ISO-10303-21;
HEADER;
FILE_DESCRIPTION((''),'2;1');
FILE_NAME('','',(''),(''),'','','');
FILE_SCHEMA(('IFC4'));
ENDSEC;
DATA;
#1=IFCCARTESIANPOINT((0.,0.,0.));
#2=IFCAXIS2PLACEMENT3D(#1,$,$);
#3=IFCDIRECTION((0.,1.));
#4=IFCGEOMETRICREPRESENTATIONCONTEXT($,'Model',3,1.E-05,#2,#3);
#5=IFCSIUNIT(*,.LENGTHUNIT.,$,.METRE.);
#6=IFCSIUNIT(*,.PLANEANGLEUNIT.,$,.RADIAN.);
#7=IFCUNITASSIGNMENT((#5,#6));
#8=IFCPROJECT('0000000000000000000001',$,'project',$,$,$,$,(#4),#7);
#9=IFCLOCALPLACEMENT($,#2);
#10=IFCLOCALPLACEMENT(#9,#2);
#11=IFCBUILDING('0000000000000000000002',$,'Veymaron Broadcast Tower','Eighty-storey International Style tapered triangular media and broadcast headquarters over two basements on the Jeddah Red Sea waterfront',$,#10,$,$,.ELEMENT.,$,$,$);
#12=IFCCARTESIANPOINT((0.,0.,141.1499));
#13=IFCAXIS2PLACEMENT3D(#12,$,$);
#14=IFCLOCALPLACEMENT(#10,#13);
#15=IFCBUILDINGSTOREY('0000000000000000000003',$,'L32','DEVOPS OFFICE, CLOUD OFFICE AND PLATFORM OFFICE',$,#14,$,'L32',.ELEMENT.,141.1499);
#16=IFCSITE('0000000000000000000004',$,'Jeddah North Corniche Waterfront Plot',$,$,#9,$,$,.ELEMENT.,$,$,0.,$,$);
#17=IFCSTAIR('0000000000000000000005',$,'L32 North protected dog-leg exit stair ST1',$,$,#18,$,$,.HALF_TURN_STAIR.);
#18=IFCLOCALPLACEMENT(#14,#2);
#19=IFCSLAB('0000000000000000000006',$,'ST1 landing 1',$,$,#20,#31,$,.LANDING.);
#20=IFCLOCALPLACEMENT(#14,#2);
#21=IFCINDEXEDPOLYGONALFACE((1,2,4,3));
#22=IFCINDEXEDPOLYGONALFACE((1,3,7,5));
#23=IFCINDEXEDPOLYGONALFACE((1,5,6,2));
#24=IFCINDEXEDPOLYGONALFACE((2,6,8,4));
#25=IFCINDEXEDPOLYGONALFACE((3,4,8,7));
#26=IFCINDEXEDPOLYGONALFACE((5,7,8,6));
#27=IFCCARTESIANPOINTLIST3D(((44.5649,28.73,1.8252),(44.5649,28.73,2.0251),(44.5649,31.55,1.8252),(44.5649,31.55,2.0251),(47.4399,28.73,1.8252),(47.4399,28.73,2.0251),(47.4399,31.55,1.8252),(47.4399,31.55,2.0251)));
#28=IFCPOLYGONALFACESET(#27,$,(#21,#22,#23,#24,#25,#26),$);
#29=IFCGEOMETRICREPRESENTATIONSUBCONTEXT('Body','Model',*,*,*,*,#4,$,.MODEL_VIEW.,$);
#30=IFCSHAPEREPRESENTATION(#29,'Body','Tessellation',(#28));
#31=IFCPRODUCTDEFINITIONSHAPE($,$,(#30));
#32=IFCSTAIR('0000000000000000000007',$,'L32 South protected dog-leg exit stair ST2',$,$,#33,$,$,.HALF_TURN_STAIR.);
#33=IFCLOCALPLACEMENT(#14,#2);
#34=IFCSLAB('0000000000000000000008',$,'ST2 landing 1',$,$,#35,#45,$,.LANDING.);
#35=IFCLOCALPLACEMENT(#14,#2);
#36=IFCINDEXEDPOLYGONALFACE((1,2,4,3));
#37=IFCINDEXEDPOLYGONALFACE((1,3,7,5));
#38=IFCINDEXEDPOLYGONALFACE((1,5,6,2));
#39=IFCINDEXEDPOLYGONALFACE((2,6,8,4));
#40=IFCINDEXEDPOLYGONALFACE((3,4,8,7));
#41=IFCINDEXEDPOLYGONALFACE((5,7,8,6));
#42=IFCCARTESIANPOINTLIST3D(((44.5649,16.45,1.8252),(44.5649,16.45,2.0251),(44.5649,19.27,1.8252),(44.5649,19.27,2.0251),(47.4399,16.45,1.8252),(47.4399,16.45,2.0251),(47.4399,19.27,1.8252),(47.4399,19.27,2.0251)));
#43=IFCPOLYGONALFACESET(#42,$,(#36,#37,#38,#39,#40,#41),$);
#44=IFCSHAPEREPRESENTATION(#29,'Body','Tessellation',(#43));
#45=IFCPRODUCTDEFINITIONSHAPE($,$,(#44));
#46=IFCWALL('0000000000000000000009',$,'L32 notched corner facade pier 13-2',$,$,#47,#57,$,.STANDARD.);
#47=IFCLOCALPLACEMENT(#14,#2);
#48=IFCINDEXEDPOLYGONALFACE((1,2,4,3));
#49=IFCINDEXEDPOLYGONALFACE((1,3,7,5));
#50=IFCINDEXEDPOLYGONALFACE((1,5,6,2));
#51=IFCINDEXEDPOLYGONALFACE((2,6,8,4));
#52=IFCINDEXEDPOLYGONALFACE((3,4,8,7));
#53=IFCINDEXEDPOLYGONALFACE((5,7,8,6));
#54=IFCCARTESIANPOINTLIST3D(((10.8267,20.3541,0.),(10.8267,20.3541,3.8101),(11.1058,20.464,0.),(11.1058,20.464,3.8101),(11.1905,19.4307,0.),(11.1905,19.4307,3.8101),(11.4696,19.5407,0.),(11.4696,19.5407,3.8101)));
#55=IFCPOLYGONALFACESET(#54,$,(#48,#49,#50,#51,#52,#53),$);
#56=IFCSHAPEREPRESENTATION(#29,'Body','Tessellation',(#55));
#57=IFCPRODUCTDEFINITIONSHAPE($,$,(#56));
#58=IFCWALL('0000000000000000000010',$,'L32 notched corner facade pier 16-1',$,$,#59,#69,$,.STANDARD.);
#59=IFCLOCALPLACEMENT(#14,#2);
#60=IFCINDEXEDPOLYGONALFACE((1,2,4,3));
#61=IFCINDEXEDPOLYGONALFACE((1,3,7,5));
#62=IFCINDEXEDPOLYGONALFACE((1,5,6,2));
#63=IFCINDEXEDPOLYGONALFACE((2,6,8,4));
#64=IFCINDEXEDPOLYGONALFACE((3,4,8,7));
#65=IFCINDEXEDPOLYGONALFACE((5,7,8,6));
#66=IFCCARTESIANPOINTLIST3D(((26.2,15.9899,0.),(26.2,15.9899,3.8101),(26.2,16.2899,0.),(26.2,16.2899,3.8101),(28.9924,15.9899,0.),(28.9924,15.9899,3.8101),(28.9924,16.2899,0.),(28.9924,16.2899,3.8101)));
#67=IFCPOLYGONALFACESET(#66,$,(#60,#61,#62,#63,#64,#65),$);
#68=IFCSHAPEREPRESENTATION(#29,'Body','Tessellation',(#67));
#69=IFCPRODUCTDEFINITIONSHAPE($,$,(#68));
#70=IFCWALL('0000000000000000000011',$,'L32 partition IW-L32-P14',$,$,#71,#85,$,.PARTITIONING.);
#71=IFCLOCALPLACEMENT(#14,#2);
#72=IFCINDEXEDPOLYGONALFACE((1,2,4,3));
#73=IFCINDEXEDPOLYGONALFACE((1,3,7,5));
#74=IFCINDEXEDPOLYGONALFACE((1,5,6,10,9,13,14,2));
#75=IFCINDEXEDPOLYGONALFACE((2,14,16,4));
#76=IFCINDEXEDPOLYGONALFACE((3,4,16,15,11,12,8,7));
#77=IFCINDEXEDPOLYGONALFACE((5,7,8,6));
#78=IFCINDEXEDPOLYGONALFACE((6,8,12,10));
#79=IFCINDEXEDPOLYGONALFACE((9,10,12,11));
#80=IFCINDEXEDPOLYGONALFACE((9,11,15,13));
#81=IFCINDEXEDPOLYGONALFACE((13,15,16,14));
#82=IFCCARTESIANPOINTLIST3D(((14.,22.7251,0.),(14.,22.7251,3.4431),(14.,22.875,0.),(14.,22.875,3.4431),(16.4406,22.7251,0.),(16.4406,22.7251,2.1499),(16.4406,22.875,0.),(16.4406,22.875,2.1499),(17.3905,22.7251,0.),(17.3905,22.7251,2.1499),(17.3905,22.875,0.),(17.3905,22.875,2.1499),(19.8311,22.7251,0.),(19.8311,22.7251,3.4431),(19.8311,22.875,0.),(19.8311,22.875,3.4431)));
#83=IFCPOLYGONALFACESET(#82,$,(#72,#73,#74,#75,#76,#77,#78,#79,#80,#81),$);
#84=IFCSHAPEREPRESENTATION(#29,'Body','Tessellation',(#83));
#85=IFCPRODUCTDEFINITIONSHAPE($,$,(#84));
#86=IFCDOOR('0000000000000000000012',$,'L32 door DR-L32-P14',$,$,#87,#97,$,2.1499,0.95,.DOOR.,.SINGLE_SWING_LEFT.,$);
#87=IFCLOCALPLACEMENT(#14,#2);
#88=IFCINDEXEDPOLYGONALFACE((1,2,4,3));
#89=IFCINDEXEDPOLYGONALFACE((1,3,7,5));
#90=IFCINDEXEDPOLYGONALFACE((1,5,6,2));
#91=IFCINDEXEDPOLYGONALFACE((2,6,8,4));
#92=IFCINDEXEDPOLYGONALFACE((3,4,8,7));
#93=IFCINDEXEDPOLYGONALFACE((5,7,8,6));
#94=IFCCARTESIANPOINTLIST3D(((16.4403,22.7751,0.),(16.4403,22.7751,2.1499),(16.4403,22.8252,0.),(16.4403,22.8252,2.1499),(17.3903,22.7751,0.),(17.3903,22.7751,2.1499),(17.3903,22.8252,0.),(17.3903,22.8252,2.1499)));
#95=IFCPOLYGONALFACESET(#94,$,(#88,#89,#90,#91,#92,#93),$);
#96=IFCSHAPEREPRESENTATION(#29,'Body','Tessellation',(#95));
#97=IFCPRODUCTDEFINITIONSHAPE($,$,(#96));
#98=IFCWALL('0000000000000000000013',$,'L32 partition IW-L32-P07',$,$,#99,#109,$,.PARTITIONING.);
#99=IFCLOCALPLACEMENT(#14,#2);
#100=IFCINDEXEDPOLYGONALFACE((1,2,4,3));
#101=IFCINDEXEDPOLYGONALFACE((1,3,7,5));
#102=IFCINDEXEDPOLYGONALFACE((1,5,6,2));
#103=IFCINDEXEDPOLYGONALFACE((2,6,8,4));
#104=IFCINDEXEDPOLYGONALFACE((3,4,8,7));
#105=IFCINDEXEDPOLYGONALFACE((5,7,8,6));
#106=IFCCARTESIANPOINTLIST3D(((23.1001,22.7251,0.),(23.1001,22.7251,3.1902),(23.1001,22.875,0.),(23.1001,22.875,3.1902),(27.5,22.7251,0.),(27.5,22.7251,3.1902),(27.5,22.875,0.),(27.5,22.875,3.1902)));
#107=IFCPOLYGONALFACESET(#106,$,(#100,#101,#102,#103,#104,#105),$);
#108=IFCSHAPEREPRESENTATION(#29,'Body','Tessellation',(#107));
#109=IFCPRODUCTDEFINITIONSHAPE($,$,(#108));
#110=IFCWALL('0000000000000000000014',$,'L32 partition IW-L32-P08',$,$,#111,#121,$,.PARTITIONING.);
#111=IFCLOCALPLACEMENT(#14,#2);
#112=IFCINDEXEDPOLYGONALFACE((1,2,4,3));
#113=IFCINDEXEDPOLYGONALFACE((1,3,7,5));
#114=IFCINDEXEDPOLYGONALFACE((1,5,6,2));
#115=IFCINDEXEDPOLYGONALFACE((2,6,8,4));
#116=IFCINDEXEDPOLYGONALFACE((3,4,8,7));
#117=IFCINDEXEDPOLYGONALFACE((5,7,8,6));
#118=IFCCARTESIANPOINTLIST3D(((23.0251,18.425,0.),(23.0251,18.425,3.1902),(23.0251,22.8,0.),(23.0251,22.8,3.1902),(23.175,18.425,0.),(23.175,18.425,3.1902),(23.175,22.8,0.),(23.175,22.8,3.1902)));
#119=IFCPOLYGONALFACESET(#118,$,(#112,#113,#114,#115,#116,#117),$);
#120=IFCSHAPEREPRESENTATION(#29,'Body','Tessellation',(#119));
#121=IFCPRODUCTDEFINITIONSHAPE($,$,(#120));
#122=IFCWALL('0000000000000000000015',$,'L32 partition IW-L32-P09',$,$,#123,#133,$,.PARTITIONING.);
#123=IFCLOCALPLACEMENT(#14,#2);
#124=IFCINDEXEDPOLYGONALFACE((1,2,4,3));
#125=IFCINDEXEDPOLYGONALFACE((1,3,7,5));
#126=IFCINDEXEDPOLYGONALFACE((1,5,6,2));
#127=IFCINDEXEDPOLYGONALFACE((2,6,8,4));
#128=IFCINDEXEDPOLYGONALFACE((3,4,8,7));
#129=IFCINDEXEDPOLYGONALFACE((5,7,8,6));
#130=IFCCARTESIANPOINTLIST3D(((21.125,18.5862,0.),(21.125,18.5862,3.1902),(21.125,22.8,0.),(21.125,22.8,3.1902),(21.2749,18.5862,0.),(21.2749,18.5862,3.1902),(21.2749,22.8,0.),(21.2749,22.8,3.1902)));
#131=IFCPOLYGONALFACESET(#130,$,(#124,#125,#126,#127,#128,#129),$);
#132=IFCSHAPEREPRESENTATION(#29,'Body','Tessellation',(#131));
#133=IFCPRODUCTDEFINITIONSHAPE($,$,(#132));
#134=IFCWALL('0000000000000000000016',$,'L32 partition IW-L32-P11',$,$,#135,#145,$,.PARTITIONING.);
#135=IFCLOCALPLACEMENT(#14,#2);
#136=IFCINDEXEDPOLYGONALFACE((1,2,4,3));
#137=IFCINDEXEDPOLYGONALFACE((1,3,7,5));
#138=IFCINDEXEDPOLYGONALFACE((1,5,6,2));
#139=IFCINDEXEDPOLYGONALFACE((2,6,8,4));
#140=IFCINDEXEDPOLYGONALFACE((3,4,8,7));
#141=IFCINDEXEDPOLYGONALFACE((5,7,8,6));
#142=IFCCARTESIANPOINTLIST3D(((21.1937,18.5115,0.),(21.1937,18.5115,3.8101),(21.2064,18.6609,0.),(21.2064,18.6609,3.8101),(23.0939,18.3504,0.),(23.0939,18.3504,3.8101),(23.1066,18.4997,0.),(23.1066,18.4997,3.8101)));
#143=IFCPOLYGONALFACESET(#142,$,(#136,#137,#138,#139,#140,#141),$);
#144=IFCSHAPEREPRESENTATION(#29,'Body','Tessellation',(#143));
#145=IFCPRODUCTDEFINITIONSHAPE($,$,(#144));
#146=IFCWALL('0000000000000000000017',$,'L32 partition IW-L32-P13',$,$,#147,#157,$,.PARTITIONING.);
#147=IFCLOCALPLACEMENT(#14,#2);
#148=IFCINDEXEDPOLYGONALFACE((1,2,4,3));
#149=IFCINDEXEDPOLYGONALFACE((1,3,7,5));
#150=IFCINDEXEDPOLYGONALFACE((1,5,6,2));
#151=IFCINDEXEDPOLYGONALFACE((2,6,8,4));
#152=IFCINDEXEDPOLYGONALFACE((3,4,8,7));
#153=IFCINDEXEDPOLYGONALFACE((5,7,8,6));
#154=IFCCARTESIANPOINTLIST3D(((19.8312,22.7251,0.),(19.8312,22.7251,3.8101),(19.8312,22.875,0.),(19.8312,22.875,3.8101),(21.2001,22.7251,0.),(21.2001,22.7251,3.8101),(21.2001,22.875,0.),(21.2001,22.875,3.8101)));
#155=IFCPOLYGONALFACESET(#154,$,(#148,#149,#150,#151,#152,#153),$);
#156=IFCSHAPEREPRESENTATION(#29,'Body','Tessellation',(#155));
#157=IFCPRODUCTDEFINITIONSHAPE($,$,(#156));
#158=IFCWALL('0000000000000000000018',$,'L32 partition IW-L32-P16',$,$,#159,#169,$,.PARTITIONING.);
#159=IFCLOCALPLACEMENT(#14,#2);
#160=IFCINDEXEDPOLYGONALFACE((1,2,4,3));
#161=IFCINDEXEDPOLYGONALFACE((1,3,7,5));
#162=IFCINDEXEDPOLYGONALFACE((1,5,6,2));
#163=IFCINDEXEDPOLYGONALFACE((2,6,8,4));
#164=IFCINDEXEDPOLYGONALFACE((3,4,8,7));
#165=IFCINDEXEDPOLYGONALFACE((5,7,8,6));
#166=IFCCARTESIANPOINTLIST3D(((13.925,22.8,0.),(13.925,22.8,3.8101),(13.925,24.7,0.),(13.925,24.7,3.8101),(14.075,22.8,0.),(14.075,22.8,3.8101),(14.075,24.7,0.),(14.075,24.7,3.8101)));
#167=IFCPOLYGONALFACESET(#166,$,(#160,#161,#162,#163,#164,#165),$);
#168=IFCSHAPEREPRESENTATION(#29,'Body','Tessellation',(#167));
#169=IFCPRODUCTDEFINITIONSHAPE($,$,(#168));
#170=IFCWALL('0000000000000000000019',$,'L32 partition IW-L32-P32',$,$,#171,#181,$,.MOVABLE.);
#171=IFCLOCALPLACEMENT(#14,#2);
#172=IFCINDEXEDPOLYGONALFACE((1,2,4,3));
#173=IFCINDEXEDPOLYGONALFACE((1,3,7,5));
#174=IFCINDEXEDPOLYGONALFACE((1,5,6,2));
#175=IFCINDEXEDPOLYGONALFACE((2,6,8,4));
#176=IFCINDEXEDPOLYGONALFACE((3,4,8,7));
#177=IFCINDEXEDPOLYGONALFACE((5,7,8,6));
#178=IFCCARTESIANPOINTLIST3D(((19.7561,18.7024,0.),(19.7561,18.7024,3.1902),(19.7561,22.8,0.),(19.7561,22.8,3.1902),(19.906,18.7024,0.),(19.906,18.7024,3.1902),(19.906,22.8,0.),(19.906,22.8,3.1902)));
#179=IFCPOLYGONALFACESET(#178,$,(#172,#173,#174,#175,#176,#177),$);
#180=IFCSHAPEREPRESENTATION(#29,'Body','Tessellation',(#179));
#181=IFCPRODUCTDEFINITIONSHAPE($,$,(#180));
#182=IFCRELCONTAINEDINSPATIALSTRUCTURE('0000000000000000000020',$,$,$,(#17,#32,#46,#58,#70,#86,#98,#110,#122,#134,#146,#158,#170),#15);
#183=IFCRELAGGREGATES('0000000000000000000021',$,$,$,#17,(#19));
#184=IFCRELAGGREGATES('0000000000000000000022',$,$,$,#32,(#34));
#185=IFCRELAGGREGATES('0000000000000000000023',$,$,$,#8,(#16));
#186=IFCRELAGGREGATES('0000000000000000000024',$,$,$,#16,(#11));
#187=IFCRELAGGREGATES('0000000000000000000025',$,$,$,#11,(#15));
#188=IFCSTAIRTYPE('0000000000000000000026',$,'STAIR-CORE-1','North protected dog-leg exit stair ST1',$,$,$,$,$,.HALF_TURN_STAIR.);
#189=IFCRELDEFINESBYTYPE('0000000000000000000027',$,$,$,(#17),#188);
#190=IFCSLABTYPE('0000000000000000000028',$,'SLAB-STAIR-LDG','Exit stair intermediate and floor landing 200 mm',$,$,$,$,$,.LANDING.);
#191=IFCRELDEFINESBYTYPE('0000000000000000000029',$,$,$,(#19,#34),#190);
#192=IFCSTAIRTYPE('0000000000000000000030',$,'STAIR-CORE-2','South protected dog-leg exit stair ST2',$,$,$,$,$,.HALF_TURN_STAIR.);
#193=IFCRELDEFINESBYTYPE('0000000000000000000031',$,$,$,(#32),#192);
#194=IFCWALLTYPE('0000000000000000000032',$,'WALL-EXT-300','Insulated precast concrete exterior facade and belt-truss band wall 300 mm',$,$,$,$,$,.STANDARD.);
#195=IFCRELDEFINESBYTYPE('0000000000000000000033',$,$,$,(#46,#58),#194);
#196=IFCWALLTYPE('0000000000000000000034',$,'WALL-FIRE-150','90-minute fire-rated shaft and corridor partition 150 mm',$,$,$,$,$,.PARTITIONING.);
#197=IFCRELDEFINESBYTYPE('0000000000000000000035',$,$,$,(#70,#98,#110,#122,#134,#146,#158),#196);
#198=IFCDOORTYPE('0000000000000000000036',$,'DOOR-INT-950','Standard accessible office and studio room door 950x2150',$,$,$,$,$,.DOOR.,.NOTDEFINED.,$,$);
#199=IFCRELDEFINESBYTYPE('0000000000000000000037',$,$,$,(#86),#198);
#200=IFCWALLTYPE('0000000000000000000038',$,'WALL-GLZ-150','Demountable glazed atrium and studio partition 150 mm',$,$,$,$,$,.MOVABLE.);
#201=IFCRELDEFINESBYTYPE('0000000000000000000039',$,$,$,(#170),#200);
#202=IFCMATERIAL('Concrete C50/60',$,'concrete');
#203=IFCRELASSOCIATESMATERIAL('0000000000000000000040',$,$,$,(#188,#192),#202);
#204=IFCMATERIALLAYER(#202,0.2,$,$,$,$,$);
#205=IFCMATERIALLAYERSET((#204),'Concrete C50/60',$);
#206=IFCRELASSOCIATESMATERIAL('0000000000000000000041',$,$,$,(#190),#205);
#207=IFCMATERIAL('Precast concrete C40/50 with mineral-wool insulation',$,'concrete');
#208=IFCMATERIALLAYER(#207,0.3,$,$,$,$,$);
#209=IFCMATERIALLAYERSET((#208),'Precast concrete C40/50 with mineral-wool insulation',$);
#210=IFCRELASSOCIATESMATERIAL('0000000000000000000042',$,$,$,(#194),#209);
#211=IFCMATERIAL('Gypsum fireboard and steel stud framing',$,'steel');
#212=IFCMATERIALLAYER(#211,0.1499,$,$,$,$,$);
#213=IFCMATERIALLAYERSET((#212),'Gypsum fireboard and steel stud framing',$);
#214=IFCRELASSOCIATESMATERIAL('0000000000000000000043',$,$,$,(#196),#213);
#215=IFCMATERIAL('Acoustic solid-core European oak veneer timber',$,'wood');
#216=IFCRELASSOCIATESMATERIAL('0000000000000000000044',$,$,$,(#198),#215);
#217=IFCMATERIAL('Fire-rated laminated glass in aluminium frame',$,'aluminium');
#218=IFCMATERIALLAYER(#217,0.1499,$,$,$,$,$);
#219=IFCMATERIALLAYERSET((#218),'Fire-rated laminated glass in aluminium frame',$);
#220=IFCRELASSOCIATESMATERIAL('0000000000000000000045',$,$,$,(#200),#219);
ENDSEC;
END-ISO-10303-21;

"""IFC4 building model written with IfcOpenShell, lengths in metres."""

from ifc_helpers import new_model, si_unit, direction, frame, frame_2d, origin, place, context, subcontext, project, spatial, polyline, rectangle, outline, extrude, material, layer, layer_set, type_object, element, fill, aggregate, save


model = new_model("IFC4")

# Units and contexts
model_context = context("Model", 3, precision=1e-05, world=origin(), true_north=direction((0.0, 1.0)))
body_context = subcontext(model_context, "Body", "Model", "MODEL_VIEW")
ifc_project = project(units=[si_unit("LENGTHUNIT", "METRE"), si_unit("PLANEANGLEUNIT", "RADIAN")], contexts=[model_context])

# Site, building, storey
site_placement = place(None, origin())
site = spatial("IfcSite", under=ifc_project, at=site_placement, Name="Jeddah North Corniche Waterfront Plot", CompositionType="ELEMENT", RefElevation=0.0)
building_placement = place(site_placement, origin())
building = spatial("IfcBuilding", under=site, at=building_placement, Name="Veymaron Broadcast Tower", Description="Eighty-storey International Style tapered triangular media and broadcast headquarters over two basements on the Jeddah Red Sea waterfront", CompositionType="ELEMENT")
storey_placement = place(building_placement, frame((0.0, 0.0, 141.1499)))
storey = spatial("IfcBuildingStorey", under=building, at=storey_placement, Name="L32", Description="DEVOPS OFFICE, CLOUD OFFICE AND PLATFORM OFFICE", LongName="L32", CompositionType="ELEMENT", Elevation=141.1499)

# Stairs, slabs
ifc_material_1 = material(Name="Concrete C50/60", Category="concrete")
stair_type_1 = type_object("IfcStairType", Name="STAIR-CORE-1", Description="North protected dog-leg exit stair ST1", PredefinedType="HALF_TURN_STAIR", material=ifc_material_1)
stair_1_placement = place(storey_placement, origin())
stair_1 = element("IfcStair", 1, at=stair_1_placement, inside=storey, type_object=stair_type_1, Name="L32 North protected dog-leg exit stair ST1", PredefinedType="HALF_TURN_STAIR")
ifc_layer_1 = layer(ifc_material_1, 0.2)
ifc_layer_set_1 = layer_set([ifc_layer_1], Name="Concrete C50/60")
slab_type_1 = type_object("IfcSlabType", Name="SLAB-STAIR-LDG", Description="Exit stair intermediate and floor landing 200 mm", PredefinedType="LANDING", material=ifc_layer_set_1)
slab_1_placement = place(storey_placement, frame((0.0, 0.0, 1.8252)))
slab_1 = element("IfcSlab", 2, at=slab_1_placement, type_object=slab_type_1, Name="ST1 landing 1", PredefinedType="LANDING", context=body_context, shape_type="SweptSolid", body=[
    extrude(outline(polyline([(44.5649, 28.73), (47.4399, 28.73), (47.4399, 31.55), (44.5649, 31.55), (44.5649, 28.73)])), origin(), (0.0, 0.0, 1.0), 0.2),
])
aggregate(stair_1, [slab_1])
stair_type_2 = type_object("IfcStairType", Name="STAIR-CORE-2", Description="South protected dog-leg exit stair ST2", PredefinedType="HALF_TURN_STAIR", material=ifc_material_1)
stair_2_placement = place(storey_placement, origin())
stair_2 = element("IfcStair", 3, at=stair_2_placement, inside=storey, type_object=stair_type_2, Name="L32 South protected dog-leg exit stair ST2", PredefinedType="HALF_TURN_STAIR")
slab_2_placement = place(storey_placement, frame((0.0, 0.0, 1.8252)))
slab_2 = element("IfcSlab", 4, at=slab_2_placement, type_object=slab_type_1, Name="ST2 landing 1", PredefinedType="LANDING", context=body_context, shape_type="SweptSolid", body=[
    extrude(outline(polyline([(44.5649, 16.45), (47.4399, 16.45), (47.4399, 19.27), (44.5649, 19.27), (44.5649, 16.45)])), origin(), (0.0, 0.0, 1.0), 0.2),
])
aggregate(stair_2, [slab_2])

# Walls
ifc_material_2 = material(Name="Precast concrete C40/50 with mineral-wool insulation", Category="concrete")
ifc_layer_2 = layer(ifc_material_2, 0.3)
ifc_layer_set_2 = layer_set([ifc_layer_2], Name="Precast concrete C40/50 with mineral-wool insulation")
wall_type_1 = type_object("IfcWallType", Name="WALL-EXT-300", Description="Insulated precast concrete exterior facade and belt-truss band wall 300 mm", PredefinedType="STANDARD", material=ifc_layer_set_2)
wall_1_placement = place(storey_placement, frame((10.9663, 20.4089, 0.0), z_axis=(0.0, 0.0, 1.0), x_axis=(0.36655, -0.930398, 0.0)))
element("IfcWall", 5, at=wall_1_placement, inside=storey, type_object=wall_type_1, Name="L32 notched corner facade pier 13-2", PredefinedType="STANDARD", context=body_context, shape_type="SweptSolid", body=[
    extrude(rectangle(XDim=0.9924, YDim=0.3, at=frame_2d((0.4961, 0.0))), origin(), (0.0, 0.0, 1.0), 3.8101),
])
wall_2_placement = place(storey_placement, frame((26.2, 16.1399, 0.0), z_axis=(0.0, 0.0, 1.0), x_axis=(1.0, 0.0, 0.0)))
element("IfcWall", 6, at=wall_2_placement, inside=storey, type_object=wall_type_1, Name="L32 notched corner facade pier 16-1", PredefinedType="STANDARD", context=body_context, shape_type="SweptSolid", body=[
    extrude(rectangle(XDim=2.7925, YDim=0.3, at=frame_2d((1.3962, 0.0))), origin(), (0.0, 0.0, 1.0), 3.8101),
])

# Wall, opening, door
ifc_material_3 = material(Name="Gypsum fireboard and steel stud framing", Category="steel")
ifc_layer_3 = layer(ifc_material_3, 0.1499)
ifc_layer_set_3 = layer_set([ifc_layer_3], Name="Gypsum fireboard and steel stud framing")
wall_type_2 = type_object("IfcWallType", Name="WALL-FIRE-150", Description="90-minute fire-rated shaft and corridor partition 150 mm", PredefinedType="PARTITIONING", material=ifc_layer_set_3)
wall_3_placement = place(storey_placement, frame((14.0, 22.8, 0.0), z_axis=(0.0, 0.0, 1.0), x_axis=(1.0, 0.0, 0.0)))
wall_3 = element("IfcWall", 7, at=wall_3_placement, inside=storey, type_object=wall_type_2, Name="L32 partition IW-L32-P14", PredefinedType="PARTITIONING", context=body_context, shape_type="SweptSolid", body=[
    extrude(rectangle(XDim=5.8311, YDim=0.1499, at=frame_2d((2.9155, 0.0))), origin(), (0.0, 0.0, 1.0), 3.4431),
])
opening_placement = place(wall_3_placement, frame((2.4404, 0.0, 0.0)))
opening = element("IfcOpeningElement", 8, at=opening_placement, cuts=wall_3, PredefinedType="OPENING", context=body_context, shape_type="SweptSolid", body=[
    extrude(rectangle(XDim=0.95, YDim=2.1499, at=frame_2d((0.4751, 1.075))), frame((0.0, 0.085, 0.0), z_axis=(0.0, -1.0, 0.0), x_axis=(1.0, 0.0, 0.0)), (0.0, 0.0, 1.0), 0.1699),
])
ifc_material_4 = material(Name="Acoustic solid-core European oak veneer timber", Category="wood")
door_type = type_object("IfcDoorType", Name="DOOR-INT-950", Description="Standard accessible office and studio room door 950x2150", OperationType="NOTDEFINED", PredefinedType="DOOR", material=ifc_material_4)
door_placement = place(opening_placement, frame((0.95, 0.0, 0.0), z_axis=(0.0, 0.0, 1.0), x_axis=(-1.0, 0.0, 0.0)))
door = element("IfcDoor", 9, at=door_placement, inside=storey, type_object=door_type, Name="L32 door DR-L32-P14", OperationType="SINGLE_SWING_LEFT", OverallHeight=2.1499, OverallWidth=0.95, PredefinedType="DOOR", context=body_context, shape_type="SweptSolid", body=[
    extrude(rectangle(XDim=0.95, YDim=2.1499, at=frame_2d((0.4751, 1.075))), frame((0.0, 0.0249, 0.0), z_axis=(0.0, -1.0, 0.0), x_axis=(1.0, 0.0, 0.0)), (0.0, 0.0, 1.0), 0.05),
])
fill(opening, door)

# Walls
wall_4_placement = place(storey_placement, frame((23.1001, 22.8, 0.0), z_axis=(0.0, 0.0, 1.0), x_axis=(1.0, 0.0, 0.0)))
element("IfcWall", 10, at=wall_4_placement, inside=storey, type_object=wall_type_2, Name="L32 partition IW-L32-P07", PredefinedType="PARTITIONING", context=body_context, shape_type="SweptSolid", body=[
    extrude(rectangle(XDim=4.3999, YDim=0.1499, at=frame_2d((2.2, 0.0))), origin(), (0.0, 0.0, 1.0), 3.1902),
])
wall_5_placement = place(storey_placement, frame((23.1001, 18.425, 0.0), z_axis=(0.0, 0.0, 1.0), x_axis=(0.0, 1.0, 0.0)))
element("IfcWall", 11, at=wall_5_placement, inside=storey, type_object=wall_type_2, Name="L32 partition IW-L32-P08", PredefinedType="PARTITIONING", context=body_context, shape_type="SweptSolid", body=[
    extrude(rectangle(XDim=4.375, YDim=0.1499, at=frame_2d((2.1875, 0.0))), origin(), (0.0, 0.0, 1.0), 3.1902),
])
wall_6_placement = place(storey_placement, frame((21.2, 18.5862, 0.0), z_axis=(0.0, 0.0, 1.0), x_axis=(0.0, 1.0, 0.0)))
element("IfcWall", 12, at=wall_6_placement, inside=storey, type_object=wall_type_2, Name="L32 partition IW-L32-P09", PredefinedType="PARTITIONING", context=body_context, shape_type="SweptSolid", body=[
    extrude(rectangle(XDim=4.2139, YDim=0.1499, at=frame_2d((2.1069, 0.0))), origin(), (0.0, 0.0, 1.0), 3.1902),
])
wall_7_placement = place(storey_placement, frame((21.2, 18.5862, 0.0), z_axis=(0.0, 0.0, 1.0), x_axis=(0.996424, -0.084497, 0.0)))
element("IfcWall", 13, at=wall_7_placement, inside=storey, type_object=wall_type_2, Name="L32 partition IW-L32-P11", PredefinedType="PARTITIONING", context=body_context, shape_type="SweptSolid", body=[
    extrude(rectangle(XDim=1.907, YDim=0.1499, at=frame_2d((0.9536, 0.0))), origin(), (0.0, 0.0, 1.0), 3.8101),
])
wall_8_placement = place(storey_placement, frame((19.8311, 22.8, 0.0), z_axis=(0.0, 0.0, 1.0), x_axis=(1.0, 0.0, 0.0)))
element("IfcWall", 14, at=wall_8_placement, inside=storey, type_object=wall_type_2, Name="L32 partition IW-L32-P13", PredefinedType="PARTITIONING", context=body_context, shape_type="SweptSolid", body=[
    extrude(rectangle(XDim=1.3689, YDim=0.1499, at=frame_2d((0.6846, 0.0))), origin(), (0.0, 0.0, 1.0), 3.8101),
])
wall_9_placement = place(storey_placement, frame((14.0, 22.8, 0.0), z_axis=(0.0, 0.0, 1.0), x_axis=(0.0, 1.0, 0.0)))
element("IfcWall", 15, at=wall_9_placement, inside=storey, type_object=wall_type_2, Name="L32 partition IW-L32-P16", PredefinedType="PARTITIONING", context=body_context, shape_type="SweptSolid", body=[
    extrude(rectangle(XDim=1.8999, YDim=0.1499, at=frame_2d((0.95, 0.0))), origin(), (0.0, 0.0, 1.0), 3.8101),
])
ifc_material_5 = material(Name="Fire-rated laminated glass in aluminium frame", Category="aluminium")
ifc_layer_4 = layer(ifc_material_5, 0.1499)
ifc_layer_set_4 = layer_set([ifc_layer_4], Name="Fire-rated laminated glass in aluminium frame")
wall_type_3 = type_object("IfcWallType", Name="WALL-GLZ-150", Description="Demountable glazed atrium and studio partition 150 mm", PredefinedType="MOVABLE", material=ifc_layer_set_4)
wall_10_placement = place(storey_placement, frame((19.8311, 18.7024, 0.0), z_axis=(0.0, 0.0, 1.0), x_axis=(0.0, 1.0, 0.0)))
element("IfcWall", 16, at=wall_10_placement, inside=storey, type_object=wall_type_3, Name="L32 partition IW-L32-P32", PredefinedType="MOVABLE", context=body_context, shape_type="SweptSolid", body=[
    extrude(rectangle(XDim=4.0977, YDim=0.1499, at=frame_2d((2.0488, 0.0))), origin(), (0.0, 0.0, 1.0), 3.1902),
])

save(model, "model.ifc")
